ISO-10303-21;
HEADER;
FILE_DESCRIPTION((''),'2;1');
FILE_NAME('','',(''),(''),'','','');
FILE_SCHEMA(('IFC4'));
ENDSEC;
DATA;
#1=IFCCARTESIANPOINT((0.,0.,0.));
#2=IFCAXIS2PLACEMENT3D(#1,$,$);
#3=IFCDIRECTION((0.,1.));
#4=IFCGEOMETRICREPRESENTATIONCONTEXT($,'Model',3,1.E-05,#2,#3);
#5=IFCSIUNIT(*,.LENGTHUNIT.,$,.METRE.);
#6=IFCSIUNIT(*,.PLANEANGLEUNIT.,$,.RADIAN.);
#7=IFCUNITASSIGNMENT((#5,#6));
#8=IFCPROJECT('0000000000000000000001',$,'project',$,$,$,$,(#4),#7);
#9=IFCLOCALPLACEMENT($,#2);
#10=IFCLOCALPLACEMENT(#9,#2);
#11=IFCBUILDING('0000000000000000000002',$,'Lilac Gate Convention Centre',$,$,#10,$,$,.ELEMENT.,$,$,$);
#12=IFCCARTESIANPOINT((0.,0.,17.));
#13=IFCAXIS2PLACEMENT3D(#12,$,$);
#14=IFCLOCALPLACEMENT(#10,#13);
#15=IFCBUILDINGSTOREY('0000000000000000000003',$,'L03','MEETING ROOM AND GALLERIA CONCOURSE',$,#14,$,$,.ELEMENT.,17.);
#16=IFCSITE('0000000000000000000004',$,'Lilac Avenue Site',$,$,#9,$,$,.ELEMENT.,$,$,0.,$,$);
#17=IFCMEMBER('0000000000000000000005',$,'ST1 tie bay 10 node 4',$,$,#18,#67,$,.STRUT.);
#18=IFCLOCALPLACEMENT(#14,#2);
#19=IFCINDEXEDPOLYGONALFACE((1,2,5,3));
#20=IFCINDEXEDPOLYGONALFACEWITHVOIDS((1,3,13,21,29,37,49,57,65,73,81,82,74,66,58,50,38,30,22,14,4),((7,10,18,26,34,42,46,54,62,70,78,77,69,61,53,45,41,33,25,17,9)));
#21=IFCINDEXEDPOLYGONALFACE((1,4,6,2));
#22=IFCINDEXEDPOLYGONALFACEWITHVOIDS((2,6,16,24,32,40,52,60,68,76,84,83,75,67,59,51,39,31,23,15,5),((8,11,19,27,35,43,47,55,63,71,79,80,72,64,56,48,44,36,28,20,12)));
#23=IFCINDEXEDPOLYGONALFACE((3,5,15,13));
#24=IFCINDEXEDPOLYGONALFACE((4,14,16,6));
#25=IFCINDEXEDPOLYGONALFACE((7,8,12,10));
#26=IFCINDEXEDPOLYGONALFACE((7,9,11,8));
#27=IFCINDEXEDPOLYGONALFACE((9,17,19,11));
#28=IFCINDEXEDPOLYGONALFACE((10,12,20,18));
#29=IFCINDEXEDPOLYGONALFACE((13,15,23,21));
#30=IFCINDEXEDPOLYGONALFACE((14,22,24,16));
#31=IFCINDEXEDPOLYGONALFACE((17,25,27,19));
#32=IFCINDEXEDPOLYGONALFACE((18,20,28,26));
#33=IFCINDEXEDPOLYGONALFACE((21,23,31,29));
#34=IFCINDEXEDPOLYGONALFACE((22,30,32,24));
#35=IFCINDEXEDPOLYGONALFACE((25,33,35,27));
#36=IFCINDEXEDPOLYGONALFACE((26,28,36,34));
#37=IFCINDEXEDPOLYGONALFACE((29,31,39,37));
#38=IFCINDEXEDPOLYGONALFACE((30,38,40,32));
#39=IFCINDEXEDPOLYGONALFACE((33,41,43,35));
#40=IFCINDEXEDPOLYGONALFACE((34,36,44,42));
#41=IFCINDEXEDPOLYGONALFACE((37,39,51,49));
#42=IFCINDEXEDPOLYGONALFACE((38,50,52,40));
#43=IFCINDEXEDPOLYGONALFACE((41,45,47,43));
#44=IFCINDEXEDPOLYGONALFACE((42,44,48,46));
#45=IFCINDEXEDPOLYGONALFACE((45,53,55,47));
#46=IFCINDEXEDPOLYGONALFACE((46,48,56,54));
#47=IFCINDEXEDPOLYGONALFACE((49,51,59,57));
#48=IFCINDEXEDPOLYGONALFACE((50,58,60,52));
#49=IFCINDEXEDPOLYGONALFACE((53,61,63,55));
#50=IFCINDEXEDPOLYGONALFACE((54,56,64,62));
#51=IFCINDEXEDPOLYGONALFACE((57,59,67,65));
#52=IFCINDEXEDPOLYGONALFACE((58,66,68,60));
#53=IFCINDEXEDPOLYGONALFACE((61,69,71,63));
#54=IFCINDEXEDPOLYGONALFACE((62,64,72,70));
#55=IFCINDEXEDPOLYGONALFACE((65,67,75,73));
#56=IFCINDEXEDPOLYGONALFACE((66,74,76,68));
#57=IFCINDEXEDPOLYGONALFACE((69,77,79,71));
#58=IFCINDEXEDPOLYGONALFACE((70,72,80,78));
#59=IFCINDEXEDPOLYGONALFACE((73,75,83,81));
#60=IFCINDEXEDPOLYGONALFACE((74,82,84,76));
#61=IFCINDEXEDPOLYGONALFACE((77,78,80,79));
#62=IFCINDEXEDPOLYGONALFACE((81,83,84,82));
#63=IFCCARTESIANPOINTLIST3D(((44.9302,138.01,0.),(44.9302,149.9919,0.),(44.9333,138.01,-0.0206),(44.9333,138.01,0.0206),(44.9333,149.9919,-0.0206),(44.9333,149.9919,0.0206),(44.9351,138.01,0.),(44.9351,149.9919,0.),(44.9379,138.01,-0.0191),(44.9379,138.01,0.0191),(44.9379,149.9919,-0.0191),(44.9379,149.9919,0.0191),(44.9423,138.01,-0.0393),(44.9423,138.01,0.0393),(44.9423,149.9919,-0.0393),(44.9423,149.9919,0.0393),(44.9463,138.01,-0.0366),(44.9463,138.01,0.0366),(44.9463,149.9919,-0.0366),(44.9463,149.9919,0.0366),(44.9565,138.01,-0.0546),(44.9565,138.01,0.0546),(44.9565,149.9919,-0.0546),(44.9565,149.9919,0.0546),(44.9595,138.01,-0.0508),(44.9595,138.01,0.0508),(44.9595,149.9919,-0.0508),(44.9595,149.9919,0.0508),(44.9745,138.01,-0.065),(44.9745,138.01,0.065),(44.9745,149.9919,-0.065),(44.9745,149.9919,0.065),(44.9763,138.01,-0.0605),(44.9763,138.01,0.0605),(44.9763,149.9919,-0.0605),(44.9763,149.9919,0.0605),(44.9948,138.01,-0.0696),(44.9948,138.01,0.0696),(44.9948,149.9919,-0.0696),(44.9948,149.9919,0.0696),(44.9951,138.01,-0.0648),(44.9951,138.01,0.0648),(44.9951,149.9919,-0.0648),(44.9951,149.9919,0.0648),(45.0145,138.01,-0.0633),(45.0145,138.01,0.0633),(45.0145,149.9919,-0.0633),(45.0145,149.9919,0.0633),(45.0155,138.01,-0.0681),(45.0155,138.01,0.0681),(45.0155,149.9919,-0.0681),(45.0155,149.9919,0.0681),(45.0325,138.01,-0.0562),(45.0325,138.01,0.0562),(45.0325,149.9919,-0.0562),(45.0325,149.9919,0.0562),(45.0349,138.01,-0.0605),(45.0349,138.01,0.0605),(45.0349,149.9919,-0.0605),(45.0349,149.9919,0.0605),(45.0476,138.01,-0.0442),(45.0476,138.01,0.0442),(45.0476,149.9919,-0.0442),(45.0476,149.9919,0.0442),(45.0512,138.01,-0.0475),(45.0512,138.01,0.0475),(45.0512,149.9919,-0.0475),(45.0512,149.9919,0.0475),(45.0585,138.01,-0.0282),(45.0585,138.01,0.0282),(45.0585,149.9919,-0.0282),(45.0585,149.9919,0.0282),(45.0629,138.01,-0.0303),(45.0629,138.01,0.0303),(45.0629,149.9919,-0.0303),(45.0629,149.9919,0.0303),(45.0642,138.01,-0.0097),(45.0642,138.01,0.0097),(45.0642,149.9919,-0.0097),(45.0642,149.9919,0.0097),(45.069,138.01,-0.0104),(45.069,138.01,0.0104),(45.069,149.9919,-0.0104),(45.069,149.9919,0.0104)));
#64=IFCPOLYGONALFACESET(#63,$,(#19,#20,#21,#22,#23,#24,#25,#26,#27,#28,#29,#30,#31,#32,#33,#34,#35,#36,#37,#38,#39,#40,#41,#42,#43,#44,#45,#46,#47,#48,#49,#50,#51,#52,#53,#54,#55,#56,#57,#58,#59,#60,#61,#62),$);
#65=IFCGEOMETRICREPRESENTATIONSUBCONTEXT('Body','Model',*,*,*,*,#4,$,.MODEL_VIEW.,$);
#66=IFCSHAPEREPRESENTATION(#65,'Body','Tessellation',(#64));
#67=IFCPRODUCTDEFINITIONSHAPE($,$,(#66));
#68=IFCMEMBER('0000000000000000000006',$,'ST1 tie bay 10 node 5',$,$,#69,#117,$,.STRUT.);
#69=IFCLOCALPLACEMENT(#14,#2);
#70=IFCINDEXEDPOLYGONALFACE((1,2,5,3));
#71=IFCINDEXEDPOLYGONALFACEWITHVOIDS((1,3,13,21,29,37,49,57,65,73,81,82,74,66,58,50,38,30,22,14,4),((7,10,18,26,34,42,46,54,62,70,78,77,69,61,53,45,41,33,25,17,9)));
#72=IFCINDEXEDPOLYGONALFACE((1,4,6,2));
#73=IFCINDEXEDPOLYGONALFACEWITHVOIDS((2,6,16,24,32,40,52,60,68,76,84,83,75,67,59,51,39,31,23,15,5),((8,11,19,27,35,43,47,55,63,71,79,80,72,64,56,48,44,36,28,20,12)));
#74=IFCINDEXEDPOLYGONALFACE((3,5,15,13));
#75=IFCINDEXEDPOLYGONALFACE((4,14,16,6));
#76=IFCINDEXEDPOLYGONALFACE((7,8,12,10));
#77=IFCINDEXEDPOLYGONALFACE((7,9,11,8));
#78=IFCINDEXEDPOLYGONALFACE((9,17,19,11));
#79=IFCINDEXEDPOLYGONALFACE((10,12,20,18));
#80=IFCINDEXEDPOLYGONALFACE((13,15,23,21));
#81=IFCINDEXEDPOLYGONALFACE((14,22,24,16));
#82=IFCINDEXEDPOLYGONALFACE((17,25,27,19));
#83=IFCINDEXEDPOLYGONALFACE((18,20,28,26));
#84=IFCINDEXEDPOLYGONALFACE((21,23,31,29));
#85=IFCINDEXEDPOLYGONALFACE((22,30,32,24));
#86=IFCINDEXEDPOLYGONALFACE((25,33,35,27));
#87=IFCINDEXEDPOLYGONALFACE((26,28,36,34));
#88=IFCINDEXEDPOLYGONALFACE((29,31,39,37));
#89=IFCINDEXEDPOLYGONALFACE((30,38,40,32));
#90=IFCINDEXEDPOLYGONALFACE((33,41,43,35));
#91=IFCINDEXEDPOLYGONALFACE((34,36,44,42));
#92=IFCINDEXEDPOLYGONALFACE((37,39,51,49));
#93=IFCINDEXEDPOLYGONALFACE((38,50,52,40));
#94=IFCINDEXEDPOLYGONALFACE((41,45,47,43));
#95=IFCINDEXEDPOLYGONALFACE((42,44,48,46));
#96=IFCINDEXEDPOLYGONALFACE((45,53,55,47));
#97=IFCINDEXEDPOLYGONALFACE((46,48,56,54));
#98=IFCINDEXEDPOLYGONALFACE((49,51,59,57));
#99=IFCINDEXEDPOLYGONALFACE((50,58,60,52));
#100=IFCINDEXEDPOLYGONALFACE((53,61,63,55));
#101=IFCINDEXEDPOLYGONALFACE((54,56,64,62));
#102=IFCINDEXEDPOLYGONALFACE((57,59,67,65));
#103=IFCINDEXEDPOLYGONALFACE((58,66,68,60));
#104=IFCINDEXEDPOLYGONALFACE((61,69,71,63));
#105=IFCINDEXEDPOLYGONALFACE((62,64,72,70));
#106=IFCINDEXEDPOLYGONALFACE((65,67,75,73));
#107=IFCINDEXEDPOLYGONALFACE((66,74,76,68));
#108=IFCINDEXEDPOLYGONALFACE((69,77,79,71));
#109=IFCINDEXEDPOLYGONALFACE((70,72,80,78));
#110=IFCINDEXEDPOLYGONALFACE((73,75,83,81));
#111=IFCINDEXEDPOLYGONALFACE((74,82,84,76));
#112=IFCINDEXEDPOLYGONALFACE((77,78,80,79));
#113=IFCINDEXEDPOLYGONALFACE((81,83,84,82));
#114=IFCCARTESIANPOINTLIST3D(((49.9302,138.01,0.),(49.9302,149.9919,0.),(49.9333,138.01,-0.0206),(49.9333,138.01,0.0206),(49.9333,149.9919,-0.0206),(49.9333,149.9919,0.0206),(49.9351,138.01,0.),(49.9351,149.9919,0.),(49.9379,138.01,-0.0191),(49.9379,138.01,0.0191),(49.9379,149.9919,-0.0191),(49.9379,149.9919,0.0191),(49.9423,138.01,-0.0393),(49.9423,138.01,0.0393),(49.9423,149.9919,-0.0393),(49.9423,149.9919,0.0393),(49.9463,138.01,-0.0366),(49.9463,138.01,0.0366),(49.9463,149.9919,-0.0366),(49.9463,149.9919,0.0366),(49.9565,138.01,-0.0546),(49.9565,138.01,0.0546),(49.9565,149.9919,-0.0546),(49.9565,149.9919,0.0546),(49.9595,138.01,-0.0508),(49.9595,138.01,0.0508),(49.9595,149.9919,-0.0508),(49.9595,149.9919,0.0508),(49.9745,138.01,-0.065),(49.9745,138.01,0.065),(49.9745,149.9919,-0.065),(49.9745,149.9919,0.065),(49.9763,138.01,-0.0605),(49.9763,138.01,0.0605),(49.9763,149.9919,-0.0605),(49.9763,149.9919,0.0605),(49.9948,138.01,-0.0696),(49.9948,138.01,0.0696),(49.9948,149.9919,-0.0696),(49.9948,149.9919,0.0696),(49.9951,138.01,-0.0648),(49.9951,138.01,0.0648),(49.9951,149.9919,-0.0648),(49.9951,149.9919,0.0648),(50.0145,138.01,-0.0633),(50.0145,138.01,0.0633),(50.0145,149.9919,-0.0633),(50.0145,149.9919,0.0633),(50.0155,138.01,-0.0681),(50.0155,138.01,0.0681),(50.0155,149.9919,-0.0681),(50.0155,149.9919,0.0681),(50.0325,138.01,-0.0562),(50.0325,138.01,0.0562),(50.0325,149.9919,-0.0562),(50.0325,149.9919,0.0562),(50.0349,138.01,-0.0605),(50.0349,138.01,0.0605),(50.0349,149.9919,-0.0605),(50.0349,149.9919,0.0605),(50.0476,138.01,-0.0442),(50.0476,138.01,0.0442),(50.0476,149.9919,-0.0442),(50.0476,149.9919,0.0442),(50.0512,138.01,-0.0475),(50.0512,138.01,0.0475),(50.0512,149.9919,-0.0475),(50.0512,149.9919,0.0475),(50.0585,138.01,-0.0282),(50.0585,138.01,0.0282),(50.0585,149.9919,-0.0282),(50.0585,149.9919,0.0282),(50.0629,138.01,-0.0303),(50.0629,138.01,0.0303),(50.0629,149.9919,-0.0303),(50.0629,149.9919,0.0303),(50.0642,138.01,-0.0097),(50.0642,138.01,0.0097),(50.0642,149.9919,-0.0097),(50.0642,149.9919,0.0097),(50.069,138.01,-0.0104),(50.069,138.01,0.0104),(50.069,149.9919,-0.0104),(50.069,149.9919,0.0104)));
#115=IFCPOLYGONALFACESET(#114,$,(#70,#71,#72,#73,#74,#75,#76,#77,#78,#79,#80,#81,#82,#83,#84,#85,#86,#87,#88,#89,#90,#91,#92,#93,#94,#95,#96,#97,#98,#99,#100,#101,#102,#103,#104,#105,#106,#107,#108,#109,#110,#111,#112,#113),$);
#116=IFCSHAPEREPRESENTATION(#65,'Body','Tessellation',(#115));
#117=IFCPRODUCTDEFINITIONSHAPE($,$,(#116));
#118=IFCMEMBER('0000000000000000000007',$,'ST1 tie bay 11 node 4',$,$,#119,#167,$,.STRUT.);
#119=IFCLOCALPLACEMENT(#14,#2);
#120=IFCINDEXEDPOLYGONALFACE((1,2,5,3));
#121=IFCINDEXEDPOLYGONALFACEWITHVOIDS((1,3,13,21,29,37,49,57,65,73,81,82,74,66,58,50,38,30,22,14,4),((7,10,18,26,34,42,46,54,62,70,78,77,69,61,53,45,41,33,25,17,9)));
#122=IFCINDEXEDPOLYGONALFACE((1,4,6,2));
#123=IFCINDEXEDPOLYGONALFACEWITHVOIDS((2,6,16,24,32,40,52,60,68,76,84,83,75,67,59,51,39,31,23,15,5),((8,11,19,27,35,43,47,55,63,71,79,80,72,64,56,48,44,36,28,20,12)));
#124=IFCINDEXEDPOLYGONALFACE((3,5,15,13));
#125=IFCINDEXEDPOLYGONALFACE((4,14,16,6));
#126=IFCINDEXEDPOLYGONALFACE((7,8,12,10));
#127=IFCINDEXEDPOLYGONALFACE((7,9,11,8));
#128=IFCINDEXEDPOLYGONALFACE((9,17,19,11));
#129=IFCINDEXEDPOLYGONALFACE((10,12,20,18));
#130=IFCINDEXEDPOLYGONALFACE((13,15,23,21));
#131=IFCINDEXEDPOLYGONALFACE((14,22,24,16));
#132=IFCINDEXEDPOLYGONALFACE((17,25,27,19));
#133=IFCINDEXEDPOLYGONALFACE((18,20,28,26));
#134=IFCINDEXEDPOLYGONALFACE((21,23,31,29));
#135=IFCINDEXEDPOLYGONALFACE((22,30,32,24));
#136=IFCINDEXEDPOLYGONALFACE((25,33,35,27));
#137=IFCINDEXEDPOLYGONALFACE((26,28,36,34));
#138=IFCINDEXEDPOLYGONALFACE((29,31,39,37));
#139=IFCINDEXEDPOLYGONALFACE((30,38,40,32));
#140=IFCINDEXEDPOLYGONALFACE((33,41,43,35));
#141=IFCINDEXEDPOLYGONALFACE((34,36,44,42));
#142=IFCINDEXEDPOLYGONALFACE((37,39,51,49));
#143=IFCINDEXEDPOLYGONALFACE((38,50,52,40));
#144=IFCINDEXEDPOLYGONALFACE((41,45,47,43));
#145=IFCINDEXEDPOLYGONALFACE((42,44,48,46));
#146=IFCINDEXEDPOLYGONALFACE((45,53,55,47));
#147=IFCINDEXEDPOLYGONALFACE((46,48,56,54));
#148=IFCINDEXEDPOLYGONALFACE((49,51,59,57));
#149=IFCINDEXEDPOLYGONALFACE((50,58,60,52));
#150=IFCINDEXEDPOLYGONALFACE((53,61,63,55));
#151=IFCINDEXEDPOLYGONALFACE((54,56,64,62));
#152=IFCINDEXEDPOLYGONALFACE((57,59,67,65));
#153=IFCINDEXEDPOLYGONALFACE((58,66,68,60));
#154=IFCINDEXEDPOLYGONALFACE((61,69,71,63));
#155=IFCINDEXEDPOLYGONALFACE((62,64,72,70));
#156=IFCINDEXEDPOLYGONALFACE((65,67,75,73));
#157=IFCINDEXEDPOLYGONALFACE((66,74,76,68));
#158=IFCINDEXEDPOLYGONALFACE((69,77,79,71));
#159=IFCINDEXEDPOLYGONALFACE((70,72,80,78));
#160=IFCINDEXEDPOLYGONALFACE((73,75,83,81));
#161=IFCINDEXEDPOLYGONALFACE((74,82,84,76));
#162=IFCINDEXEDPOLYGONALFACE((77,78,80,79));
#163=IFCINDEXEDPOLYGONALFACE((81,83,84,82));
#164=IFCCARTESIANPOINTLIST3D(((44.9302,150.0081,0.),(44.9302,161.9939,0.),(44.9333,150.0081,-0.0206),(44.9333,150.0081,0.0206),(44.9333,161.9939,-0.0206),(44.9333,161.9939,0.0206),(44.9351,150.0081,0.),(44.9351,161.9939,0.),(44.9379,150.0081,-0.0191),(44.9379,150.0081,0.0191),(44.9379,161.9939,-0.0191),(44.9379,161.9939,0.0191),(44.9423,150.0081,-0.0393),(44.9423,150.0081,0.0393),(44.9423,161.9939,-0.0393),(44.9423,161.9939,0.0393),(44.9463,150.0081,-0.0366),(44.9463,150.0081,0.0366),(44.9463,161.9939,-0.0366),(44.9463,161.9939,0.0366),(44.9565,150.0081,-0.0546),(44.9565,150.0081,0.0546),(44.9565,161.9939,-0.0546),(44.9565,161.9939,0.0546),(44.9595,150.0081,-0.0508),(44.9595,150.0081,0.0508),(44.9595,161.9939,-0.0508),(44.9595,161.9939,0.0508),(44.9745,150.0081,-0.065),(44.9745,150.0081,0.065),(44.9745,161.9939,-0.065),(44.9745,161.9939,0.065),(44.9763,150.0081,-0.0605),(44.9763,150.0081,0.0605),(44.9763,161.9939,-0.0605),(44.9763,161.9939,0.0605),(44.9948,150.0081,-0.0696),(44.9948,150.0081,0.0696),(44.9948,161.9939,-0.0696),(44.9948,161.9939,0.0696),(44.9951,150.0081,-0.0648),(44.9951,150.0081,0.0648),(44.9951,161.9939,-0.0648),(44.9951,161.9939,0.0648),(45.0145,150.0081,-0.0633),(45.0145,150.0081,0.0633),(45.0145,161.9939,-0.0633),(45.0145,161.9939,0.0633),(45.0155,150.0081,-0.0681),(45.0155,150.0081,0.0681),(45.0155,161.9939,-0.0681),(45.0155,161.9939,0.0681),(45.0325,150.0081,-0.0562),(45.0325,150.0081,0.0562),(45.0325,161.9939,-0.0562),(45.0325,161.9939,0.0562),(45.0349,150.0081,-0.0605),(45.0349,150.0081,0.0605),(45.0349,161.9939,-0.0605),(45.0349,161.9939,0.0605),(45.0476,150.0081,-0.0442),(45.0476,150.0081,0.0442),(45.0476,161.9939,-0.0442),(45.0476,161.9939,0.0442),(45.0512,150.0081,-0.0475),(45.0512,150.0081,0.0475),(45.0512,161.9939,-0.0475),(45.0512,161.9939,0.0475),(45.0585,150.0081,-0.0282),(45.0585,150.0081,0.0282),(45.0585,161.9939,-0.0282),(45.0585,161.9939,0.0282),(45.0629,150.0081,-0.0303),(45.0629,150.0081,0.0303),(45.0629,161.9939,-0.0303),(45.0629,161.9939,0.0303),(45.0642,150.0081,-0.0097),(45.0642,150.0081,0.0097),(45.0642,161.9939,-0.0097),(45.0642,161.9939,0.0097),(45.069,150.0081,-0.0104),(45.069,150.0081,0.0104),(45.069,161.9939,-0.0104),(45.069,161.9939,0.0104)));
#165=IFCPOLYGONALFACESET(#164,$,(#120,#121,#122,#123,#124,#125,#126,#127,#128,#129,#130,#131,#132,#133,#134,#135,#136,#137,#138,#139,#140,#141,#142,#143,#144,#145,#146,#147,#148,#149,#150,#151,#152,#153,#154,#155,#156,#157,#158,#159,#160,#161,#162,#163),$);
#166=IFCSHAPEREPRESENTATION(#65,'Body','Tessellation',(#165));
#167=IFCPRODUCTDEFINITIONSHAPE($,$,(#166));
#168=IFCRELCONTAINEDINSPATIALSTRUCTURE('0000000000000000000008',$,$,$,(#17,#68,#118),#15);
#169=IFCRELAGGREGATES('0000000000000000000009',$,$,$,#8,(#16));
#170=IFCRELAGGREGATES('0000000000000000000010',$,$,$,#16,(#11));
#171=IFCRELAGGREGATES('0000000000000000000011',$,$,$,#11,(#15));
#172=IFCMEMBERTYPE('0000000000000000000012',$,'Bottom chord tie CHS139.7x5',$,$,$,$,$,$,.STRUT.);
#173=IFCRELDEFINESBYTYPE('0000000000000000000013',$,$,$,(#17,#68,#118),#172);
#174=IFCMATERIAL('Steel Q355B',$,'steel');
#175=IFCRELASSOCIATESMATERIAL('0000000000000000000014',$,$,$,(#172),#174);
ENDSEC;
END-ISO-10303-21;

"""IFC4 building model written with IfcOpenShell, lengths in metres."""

from ifc_helpers import new_model, si_unit, direction, frame, origin, origin_2d, place, context, subcontext, project, spatial, hollow_circle, extrude, material, material_profile, profile_set, type_object, element, save


model = new_model("IFC4")

# Units and contexts
model_context = context("Model", 3, precision=1e-05, world=origin(), true_north=direction((0.0, 1.0)))
body_context = subcontext(model_context, "Body", "Model", "MODEL_VIEW")
ifc_project = project(units=[si_unit("LENGTHUNIT", "METRE"), si_unit("PLANEANGLEUNIT", "RADIAN")], contexts=[model_context])

# Site, building, storey
site_placement = place(None, origin())
site = spatial("IfcSite", under=ifc_project, at=site_placement, Name="Lilac Avenue Site", CompositionType="ELEMENT", RefElevation=0.0)
building_placement = place(site_placement, origin())
building = spatial("IfcBuilding", under=site, at=building_placement, Name="Lilac Gate Convention Centre", CompositionType="ELEMENT")
storey_placement = place(building_placement, frame((0.0, 0.0, 17.0)))
storey = spatial("IfcBuildingStorey", under=building, at=storey_placement, Name="L03", Description="MEETING ROOM AND GALLERIA CONCOURSE", CompositionType="ELEMENT", Elevation=17.0)

# Members
ifc_material = material(Name="Steel Q355B", Category="steel")
ifc_material_profile_1 = material_profile(ifc_material, hollow_circle(Radius=0.0698, WallThickness=0.0049, at=origin_2d()), Name="CHS139.7x5")
ifc_profile_set_1 = profile_set([ifc_material_profile_1], Name="Steel Q355B")
member_type_1 = type_object("IfcMemberType", Name="Bottom chord tie CHS139.7x5", PredefinedType="STRUT", material=ifc_profile_set_1)
for number, where, z_axis, x_axis, name in (
    (1, (45.0, 138.01, 0.0), (0.0, 1.0, 0.0), (-1.0, 0.0, 0.0), "ST1 tie bay 10 node 4"),
    (2, (50.0, 138.01, 0.0), (0.0, 1.0, 0.0), (-1.0, 0.0, 0.0), "ST1 tie bay 10 node 5"),
):
    element("IfcMember", number, at=place(storey_placement, frame(where, z_axis=z_axis, x_axis=x_axis)), inside=storey, type_object=member_type_1, Name=name, PredefinedType="STRUT", context=body_context, shape_type="SweptSolid", body=[
        extrude(hollow_circle(Radius=0.0698, WallThickness=0.0049, at=origin_2d()), origin(), (0.0, 0.0, 1.0), 11.9819),
    ])
for number, where, z_axis, x_axis, name in (
    (3, (45.0, 150.0081, 0.0), (0.0, 1.0, 0.0), (-1.0, 0.0, 0.0), "ST1 tie bay 11 node 4"),
):
    element("IfcMember", number, at=place(storey_placement, frame(where, z_axis=z_axis, x_axis=x_axis)), inside=storey, type_object=member_type_1, Name=name, PredefinedType="STRUT", context=body_context, shape_type="SweptSolid", body=[
        extrude(hollow_circle(Radius=0.0698, WallThickness=0.0049, at=origin_2d()), origin(), (0.0, 0.0, 1.0), 11.9858),
    ])

save(model, "model.ifc")
